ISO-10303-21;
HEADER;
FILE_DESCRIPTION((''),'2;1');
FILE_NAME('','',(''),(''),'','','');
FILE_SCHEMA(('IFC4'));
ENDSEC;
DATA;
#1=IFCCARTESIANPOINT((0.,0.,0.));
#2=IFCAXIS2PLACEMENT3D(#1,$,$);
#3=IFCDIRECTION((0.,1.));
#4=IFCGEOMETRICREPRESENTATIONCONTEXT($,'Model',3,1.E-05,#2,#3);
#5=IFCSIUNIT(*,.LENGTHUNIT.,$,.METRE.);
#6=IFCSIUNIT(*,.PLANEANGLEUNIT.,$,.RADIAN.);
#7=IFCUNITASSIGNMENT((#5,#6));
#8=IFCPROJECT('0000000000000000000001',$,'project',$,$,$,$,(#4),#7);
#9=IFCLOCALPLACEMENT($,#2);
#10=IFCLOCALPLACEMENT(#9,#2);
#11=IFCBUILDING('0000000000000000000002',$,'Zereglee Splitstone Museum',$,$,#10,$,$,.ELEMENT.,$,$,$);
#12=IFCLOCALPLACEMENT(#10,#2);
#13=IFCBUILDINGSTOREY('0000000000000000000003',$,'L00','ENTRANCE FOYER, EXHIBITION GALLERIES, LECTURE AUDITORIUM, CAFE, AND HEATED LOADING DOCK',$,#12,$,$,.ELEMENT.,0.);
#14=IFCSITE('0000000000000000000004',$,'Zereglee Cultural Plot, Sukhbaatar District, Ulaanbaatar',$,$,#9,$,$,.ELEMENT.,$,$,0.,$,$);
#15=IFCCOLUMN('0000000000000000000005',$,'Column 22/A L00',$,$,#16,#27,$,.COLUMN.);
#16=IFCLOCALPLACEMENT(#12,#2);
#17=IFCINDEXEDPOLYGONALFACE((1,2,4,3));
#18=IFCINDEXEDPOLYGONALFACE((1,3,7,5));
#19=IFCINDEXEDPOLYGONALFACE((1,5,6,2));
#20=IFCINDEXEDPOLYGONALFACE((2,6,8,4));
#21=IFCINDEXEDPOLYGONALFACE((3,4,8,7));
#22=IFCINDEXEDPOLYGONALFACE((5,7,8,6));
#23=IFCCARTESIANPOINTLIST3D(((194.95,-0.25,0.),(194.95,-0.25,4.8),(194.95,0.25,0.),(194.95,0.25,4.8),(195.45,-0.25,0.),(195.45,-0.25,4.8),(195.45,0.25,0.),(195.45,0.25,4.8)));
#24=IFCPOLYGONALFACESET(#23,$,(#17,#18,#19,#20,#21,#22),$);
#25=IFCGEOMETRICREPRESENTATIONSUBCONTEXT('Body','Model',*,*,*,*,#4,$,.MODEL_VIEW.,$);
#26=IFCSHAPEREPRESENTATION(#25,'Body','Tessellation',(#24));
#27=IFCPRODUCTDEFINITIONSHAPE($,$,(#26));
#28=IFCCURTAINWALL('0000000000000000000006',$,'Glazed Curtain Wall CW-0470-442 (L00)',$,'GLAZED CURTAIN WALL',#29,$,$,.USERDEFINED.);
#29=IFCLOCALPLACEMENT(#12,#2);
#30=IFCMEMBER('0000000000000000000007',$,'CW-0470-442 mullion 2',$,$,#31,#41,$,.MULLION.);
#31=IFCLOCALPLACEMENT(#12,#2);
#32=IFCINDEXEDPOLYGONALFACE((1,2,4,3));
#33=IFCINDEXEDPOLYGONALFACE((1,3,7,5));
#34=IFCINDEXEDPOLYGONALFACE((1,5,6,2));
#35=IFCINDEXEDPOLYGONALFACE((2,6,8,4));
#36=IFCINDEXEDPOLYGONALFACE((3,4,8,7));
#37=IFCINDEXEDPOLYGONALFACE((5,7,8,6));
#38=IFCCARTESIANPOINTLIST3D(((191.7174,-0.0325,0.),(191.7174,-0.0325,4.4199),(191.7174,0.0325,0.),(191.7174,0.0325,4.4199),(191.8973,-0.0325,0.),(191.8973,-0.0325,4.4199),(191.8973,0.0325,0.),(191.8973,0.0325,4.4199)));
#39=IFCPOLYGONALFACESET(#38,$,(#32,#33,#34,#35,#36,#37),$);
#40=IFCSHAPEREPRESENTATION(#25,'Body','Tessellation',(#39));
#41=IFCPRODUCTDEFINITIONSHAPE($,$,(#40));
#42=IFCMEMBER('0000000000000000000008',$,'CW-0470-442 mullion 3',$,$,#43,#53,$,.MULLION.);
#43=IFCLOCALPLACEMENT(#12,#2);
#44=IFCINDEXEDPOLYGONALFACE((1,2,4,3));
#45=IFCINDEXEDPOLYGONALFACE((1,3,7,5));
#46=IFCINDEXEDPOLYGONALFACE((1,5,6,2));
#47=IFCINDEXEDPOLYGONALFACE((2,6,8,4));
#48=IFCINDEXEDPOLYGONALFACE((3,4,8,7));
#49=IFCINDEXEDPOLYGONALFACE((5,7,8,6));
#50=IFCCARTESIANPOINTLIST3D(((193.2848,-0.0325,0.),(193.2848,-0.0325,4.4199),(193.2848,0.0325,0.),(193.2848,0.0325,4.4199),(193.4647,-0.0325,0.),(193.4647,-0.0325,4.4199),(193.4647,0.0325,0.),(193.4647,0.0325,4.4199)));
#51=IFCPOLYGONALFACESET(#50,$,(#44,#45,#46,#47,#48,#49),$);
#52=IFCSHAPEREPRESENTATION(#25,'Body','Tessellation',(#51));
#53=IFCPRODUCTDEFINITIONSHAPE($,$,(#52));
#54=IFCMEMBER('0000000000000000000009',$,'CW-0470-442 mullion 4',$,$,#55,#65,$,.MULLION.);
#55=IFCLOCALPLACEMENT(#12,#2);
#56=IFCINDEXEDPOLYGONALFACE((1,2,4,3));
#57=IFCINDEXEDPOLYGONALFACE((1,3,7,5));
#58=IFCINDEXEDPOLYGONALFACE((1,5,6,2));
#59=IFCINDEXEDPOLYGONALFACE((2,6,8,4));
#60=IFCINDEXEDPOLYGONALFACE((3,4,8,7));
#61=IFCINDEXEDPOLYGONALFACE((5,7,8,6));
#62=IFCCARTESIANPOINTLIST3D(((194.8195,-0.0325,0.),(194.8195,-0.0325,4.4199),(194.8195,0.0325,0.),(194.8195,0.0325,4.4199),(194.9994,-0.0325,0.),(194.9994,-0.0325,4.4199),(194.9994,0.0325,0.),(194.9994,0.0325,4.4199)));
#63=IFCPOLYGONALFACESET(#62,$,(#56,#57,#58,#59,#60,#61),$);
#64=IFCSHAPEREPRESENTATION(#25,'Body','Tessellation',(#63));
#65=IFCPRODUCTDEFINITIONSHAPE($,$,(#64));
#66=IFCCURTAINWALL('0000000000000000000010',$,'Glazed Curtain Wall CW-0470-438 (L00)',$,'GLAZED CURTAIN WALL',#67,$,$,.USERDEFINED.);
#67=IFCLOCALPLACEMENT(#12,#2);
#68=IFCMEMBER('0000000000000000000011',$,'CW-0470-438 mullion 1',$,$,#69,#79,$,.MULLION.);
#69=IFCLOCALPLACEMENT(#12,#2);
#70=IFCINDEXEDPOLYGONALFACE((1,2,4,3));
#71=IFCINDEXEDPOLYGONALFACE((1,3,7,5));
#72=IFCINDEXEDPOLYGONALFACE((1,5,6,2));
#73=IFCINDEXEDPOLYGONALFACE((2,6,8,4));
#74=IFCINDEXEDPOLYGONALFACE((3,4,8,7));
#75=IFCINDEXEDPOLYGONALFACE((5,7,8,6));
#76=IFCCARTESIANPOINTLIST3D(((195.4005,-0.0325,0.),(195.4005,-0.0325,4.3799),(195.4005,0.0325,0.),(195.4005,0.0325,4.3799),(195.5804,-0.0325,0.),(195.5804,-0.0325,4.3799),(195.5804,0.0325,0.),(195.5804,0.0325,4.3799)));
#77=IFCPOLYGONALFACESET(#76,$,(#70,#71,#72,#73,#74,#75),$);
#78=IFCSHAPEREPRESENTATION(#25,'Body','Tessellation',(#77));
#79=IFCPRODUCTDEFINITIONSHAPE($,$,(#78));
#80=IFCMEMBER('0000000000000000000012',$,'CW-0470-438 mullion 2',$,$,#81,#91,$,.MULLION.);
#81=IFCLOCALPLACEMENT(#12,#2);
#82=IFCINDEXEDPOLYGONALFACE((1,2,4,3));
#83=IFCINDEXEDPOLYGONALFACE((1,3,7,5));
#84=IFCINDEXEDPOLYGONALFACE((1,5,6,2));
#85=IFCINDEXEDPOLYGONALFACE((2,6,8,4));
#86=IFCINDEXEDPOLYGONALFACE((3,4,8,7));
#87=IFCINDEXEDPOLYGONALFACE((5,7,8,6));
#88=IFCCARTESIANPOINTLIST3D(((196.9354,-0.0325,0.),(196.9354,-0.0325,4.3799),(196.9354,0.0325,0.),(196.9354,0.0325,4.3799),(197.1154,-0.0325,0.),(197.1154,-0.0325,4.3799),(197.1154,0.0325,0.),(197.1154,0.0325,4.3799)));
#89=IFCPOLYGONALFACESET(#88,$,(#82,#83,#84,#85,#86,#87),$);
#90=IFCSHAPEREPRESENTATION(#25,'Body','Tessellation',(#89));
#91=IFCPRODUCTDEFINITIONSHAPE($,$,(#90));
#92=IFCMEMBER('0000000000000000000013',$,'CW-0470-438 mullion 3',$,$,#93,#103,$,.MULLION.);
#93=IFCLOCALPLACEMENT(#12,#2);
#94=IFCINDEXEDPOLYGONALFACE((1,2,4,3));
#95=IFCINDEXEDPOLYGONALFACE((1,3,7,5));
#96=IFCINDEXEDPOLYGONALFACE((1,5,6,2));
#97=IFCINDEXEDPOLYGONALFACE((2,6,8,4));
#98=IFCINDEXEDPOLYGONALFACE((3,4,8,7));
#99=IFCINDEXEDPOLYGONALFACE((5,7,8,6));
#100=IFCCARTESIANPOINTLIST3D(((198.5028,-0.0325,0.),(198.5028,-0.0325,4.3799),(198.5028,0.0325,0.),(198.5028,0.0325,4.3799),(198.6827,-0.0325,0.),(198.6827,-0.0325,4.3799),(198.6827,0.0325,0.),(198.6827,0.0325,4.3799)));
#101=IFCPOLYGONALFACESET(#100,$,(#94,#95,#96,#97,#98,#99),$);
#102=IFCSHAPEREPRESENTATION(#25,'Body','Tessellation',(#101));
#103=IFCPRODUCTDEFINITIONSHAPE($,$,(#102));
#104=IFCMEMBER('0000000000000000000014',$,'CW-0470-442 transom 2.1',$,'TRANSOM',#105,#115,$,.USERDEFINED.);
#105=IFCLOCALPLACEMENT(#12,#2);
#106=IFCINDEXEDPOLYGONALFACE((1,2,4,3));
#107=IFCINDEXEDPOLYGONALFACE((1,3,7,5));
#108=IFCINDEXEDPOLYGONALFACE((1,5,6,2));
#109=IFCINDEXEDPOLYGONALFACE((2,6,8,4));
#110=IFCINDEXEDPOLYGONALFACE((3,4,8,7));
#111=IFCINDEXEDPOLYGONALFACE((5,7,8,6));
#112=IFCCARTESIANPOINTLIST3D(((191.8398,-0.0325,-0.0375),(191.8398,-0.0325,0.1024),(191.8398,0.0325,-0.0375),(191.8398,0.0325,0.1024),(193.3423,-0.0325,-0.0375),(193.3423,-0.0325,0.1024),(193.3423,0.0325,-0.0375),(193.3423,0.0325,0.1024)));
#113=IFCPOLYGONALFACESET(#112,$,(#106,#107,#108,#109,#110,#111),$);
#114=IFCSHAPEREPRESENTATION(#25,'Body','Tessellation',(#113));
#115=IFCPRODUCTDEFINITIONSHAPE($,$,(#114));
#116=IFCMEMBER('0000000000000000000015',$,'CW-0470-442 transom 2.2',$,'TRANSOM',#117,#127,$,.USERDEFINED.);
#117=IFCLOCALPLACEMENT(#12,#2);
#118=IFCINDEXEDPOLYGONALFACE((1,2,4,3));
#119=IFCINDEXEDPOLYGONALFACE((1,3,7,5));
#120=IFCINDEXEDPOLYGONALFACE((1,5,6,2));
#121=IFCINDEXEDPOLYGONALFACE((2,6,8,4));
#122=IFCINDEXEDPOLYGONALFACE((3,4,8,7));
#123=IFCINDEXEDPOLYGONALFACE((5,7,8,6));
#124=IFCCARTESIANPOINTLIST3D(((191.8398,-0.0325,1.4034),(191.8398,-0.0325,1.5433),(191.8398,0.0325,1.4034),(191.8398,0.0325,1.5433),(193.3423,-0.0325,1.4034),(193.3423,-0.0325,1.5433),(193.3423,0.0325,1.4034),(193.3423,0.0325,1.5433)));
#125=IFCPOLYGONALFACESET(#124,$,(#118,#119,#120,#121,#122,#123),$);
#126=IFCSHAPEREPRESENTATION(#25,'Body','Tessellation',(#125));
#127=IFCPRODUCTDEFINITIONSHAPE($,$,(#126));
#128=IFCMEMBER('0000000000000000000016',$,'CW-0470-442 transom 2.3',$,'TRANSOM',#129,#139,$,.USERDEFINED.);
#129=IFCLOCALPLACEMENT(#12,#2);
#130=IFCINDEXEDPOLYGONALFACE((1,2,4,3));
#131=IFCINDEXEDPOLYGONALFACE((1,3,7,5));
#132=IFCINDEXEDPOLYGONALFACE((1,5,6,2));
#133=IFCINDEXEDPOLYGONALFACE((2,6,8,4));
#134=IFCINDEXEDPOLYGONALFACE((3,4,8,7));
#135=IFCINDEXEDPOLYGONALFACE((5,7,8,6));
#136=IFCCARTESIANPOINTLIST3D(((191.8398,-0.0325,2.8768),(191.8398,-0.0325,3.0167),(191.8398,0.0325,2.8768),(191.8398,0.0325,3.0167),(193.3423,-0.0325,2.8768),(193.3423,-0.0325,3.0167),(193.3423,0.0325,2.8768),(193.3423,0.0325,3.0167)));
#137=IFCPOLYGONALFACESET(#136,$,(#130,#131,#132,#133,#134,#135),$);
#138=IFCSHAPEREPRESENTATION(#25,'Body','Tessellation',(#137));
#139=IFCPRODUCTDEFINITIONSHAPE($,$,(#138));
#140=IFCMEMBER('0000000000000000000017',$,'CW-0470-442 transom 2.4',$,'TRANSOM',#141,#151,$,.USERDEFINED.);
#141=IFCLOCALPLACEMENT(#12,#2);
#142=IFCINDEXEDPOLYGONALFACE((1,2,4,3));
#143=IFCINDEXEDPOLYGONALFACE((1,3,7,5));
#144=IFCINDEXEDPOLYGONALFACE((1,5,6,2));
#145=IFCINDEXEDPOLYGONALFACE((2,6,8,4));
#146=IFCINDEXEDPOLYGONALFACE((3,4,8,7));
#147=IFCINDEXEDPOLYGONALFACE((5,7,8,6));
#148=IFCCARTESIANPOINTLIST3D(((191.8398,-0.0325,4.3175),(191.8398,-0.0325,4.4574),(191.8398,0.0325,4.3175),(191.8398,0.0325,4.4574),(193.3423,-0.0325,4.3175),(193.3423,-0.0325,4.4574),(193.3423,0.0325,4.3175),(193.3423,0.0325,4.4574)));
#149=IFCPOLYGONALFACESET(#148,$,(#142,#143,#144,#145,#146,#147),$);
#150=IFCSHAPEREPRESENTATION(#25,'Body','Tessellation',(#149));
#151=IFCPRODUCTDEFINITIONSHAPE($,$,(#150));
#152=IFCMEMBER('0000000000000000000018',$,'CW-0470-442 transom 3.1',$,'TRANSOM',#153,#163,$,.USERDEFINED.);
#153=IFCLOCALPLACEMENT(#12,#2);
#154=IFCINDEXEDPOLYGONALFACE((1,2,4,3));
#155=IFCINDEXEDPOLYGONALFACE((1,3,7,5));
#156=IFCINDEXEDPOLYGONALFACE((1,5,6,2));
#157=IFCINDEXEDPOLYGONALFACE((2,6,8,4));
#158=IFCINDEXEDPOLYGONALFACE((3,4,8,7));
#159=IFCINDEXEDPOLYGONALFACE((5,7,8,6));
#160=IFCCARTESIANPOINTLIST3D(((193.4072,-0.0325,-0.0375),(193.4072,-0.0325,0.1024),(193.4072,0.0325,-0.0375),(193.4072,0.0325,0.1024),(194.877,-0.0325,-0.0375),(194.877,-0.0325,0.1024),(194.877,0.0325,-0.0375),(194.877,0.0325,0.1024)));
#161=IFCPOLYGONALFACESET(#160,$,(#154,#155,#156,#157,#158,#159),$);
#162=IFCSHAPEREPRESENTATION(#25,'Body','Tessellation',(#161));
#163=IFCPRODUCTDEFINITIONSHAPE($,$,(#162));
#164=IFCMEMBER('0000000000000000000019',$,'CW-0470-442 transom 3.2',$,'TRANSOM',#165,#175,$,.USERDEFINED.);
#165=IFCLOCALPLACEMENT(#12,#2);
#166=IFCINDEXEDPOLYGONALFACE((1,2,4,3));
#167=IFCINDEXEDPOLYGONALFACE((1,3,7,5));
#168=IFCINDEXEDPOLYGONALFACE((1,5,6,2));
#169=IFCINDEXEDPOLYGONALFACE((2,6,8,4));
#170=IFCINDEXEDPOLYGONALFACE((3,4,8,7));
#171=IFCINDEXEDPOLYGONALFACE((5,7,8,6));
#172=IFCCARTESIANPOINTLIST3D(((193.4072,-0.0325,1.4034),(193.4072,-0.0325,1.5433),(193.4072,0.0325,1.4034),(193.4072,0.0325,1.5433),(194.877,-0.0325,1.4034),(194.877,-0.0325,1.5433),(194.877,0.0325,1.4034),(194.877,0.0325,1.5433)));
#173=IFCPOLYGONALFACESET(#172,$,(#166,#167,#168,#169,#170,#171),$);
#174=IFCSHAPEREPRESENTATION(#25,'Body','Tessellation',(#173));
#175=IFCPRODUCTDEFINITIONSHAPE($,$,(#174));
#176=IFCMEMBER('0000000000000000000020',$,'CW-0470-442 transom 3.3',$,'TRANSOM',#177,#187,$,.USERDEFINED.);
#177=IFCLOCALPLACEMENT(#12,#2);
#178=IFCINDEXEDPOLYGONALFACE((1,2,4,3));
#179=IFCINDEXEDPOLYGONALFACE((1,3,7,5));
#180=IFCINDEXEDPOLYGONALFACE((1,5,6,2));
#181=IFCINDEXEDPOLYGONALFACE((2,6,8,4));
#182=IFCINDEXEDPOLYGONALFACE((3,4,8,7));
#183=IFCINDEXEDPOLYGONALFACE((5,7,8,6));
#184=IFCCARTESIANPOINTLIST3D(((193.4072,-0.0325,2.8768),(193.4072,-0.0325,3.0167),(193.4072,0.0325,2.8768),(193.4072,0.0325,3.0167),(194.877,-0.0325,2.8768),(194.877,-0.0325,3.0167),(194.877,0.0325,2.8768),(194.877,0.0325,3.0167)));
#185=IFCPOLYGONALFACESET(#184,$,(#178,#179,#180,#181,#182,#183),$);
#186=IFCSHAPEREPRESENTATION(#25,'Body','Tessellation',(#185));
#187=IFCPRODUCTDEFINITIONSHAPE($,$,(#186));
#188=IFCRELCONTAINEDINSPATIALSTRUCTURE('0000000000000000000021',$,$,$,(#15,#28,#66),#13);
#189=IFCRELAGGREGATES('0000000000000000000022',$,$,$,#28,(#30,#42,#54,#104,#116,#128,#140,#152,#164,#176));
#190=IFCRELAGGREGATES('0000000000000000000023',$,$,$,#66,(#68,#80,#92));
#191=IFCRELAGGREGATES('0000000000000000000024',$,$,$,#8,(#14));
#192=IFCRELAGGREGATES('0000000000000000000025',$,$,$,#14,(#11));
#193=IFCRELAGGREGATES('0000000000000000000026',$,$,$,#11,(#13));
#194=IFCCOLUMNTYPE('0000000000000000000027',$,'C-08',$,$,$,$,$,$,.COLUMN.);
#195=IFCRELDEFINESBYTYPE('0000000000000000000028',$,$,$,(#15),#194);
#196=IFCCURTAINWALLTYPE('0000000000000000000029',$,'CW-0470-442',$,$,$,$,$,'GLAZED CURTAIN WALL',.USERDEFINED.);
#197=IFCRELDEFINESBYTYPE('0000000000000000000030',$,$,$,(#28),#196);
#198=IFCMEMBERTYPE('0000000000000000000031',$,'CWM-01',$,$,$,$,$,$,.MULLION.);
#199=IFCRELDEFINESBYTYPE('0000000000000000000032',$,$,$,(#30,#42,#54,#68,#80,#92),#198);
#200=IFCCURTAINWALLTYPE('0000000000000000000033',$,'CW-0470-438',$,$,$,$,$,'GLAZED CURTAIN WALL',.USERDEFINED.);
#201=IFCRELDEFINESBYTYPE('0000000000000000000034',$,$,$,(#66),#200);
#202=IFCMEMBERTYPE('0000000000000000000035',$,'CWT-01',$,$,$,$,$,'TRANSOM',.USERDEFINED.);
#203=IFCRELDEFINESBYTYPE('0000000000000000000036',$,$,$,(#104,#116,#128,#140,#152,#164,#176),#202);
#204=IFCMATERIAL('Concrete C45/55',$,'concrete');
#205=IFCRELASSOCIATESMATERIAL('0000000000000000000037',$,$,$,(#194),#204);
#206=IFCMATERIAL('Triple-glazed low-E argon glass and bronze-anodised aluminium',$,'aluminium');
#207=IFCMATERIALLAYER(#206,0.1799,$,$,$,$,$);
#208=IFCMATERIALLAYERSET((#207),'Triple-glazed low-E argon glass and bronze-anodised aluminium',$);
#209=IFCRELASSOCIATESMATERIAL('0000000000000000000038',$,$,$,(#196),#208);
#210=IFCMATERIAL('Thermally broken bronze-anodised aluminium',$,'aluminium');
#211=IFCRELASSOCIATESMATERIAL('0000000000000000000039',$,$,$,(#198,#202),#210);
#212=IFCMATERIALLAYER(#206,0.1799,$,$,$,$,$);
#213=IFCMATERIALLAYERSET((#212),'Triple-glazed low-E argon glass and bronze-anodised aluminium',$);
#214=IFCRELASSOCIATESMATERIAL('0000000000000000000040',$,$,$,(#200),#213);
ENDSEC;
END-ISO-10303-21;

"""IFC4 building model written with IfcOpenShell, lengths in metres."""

from ifc_helpers import new_model, si_unit, direction, frame, origin, origin_2d, place, context, subcontext, project, spatial, rectangle, extrude, material, layer, layer_set, material_profile, profile_set, type_object, element, aggregate, save


model = new_model("IFC4")

# Units and contexts
model_context = context("Model", 3, precision=1e-05, world=origin(), true_north=direction((0.0, 1.0)))
body_context = subcontext(model_context, "Body", "Model", "MODEL_VIEW")
ifc_project = project(units=[si_unit("LENGTHUNIT", "METRE"), si_unit("PLANEANGLEUNIT", "RADIAN")], contexts=[model_context])

# Site, building, storey
site_placement = place(None, origin())
site = spatial("IfcSite", under=ifc_project, at=site_placement, Name="Zereglee Cultural Plot, Sukhbaatar District, Ulaanbaatar", CompositionType="ELEMENT", RefElevation=0.0)
building_placement = place(site_placement, origin())
building = spatial("IfcBuilding", under=site, at=building_placement, Name="Zereglee Splitstone Museum", CompositionType="ELEMENT")
storey_placement = place(building_placement, origin())
storey = spatial("IfcBuildingStorey", under=building, at=storey_placement, Name="L00", Description="ENTRANCE FOYER, EXHIBITION GALLERIES, LECTURE AUDITORIUM, CAFE, AND HEATED LOADING DOCK", CompositionType="ELEMENT", Elevation=0.0)

# Column
ifc_material_1 = material(Name="Concrete C45/55", Category="concrete")
ifc_material_profile_1 = material_profile(ifc_material_1, rectangle(XDim=0.5, YDim=0.5, at=origin_2d()), Name="RC 500x500")
ifc_profile_set_1 = profile_set([ifc_material_profile_1], Name="Concrete C45/55")
column_type = type_object("IfcColumnType", Name="C-08", PredefinedType="COLUMN", material=ifc_profile_set_1)
column_placement = place(storey_placement, frame((195.2, 0.0, 0.0), z_axis=(0.0, 0.0, 1.0), x_axis=(1.0, 0.0, 0.0)))
element("IfcColumn", 1, at=column_placement, inside=storey, type_object=column_type, Name="Column 22/A L00", PredefinedType="COLUMN", context=body_context, shape_type="SweptSolid", body=[
    extrude(rectangle(XDim=0.5, YDim=0.5, at=origin_2d()), origin(), (0.0, 0.0, 1.0), 4.8),
])

# Curtain walls, members
ifc_material_2 = material(Name="Triple-glazed low-E argon glass and bronze-anodised aluminium", Category="aluminium")
ifc_layer_1 = layer(ifc_material_2, 0.1799)
ifc_layer_set_1 = layer_set([ifc_layer_1], Name="Triple-glazed low-E argon glass and bronze-anodised aluminium")
curtain_wall_type_1 = type_object("IfcCurtainWallType", Name="CW-0470-442", ElementType="GLAZED CURTAIN WALL", PredefinedType="USERDEFINED", material=ifc_layer_set_1)
curtain_wall_1_placement = place(storey_placement, origin())
curtain_wall_1 = element("IfcCurtainWall", 2, at=curtain_wall_1_placement, inside=storey, type_object=curtain_wall_type_1, Name="Glazed Curtain Wall CW-0470-442 (L00)", ObjectType="GLAZED CURTAIN WALL", PredefinedType="USERDEFINED")
ifc_material_3 = material(Name="Thermally broken bronze-anodised aluminium", Category="aluminium")
ifc_material_profile_2 = material_profile(ifc_material_3, rectangle(XDim=0.0649, YDim=0.1799, at=origin_2d()), Name="CW MULL 65x180")
ifc_profile_set_2 = profile_set([ifc_material_profile_2], Name="Thermally broken bronze-anodised aluminium")
member_type_1 = type_object("IfcMemberType", Name="CWM-01", PredefinedType="MULLION", material=ifc_profile_set_2)
member_1_placement = place(storey_placement, frame((191.8074, 0.0, 0.0), z_axis=(0.0, 0.0, 1.0), x_axis=(0.0, 1.0, 0.0)))
member_1 = element("IfcMember", 3, at=member_1_placement, type_object=member_type_1, Name="CW-0470-442 mullion 2", PredefinedType="MULLION", context=body_context, shape_type="SweptSolid", body=[
    extrude(rectangle(XDim=0.0649, YDim=0.1799, at=origin_2d()), origin(), (0.0, 0.0, 1.0), 4.4199),
])
member_2_placement = place(storey_placement, frame((193.3748, 0.0, 0.0), z_axis=(0.0, 0.0, 1.0), x_axis=(0.0, 1.0, 0.0)))
member_2 = element("IfcMember", 4, at=member_2_placement, type_object=member_type_1, Name="CW-0470-442 mullion 3", PredefinedType="MULLION", context=body_context, shape_type="SweptSolid", body=[
    extrude(rectangle(XDim=0.0649, YDim=0.1799, at=origin_2d()), origin(), (0.0, 0.0, 1.0), 4.4199),
])
member_3_placement = place(storey_placement, frame((194.9094, 0.0, 0.0), z_axis=(0.0, 0.0, 1.0), x_axis=(0.0, 1.0, 0.0)))
member_3 = element("IfcMember", 5, at=member_3_placement, type_object=member_type_1, Name="CW-0470-442 mullion 4", PredefinedType="MULLION", context=body_context, shape_type="SweptSolid", body=[
    extrude(rectangle(XDim=0.0649, YDim=0.1799, at=origin_2d()), origin(), (0.0, 0.0, 1.0), 4.4199),
])
ifc_layer_2 = layer(ifc_material_2, 0.1799)
ifc_layer_set_2 = layer_set([ifc_layer_2], Name="Triple-glazed low-E argon glass and bronze-anodised aluminium")
curtain_wall_type_2 = type_object("IfcCurtainWallType", Name="CW-0470-438", ElementType="GLAZED CURTAIN WALL", PredefinedType="USERDEFINED", material=ifc_layer_set_2)
curtain_wall_2_placement = place(storey_placement, origin())
curtain_wall_2 = element("IfcCurtainWall", 6, at=curtain_wall_2_placement, inside=storey, type_object=curtain_wall_type_2, Name="Glazed Curtain Wall CW-0470-438 (L00)", ObjectType="GLAZED CURTAIN WALL", PredefinedType="USERDEFINED")
member_4_placement = place(storey_placement, frame((195.4905, 0.0, 0.0), z_axis=(0.0, 0.0, 1.0), x_axis=(0.0, 1.0, 0.0)))
member_4 = element("IfcMember", 7, at=member_4_placement, type_object=member_type_1, Name="CW-0470-438 mullion 1", PredefinedType="MULLION", context=body_context, shape_type="SweptSolid", body=[
    extrude(rectangle(XDim=0.0649, YDim=0.1799, at=origin_2d()), origin(), (0.0, 0.0, 1.0), 4.3799),
])
member_5_placement = place(storey_placement, frame((197.0254, 0.0, 0.0), z_axis=(0.0, 0.0, 1.0), x_axis=(0.0, 1.0, 0.0)))
member_5 = element("IfcMember", 8, at=member_5_placement, type_object=member_type_1, Name="CW-0470-438 mullion 2", PredefinedType="MULLION", context=body_context, shape_type="SweptSolid", body=[
    extrude(rectangle(XDim=0.0649, YDim=0.1799, at=origin_2d()), origin(), (0.0, 0.0, 1.0), 4.3799),
])
member_6_placement = place(storey_placement, frame((198.5928, 0.0, 0.0), z_axis=(0.0, 0.0, 1.0), x_axis=(0.0, 1.0, 0.0)))
member_6 = element("IfcMember", 9, at=member_6_placement, type_object=member_type_1, Name="CW-0470-438 mullion 3", PredefinedType="MULLION", context=body_context, shape_type="SweptSolid", body=[
    extrude(rectangle(XDim=0.0649, YDim=0.1799, at=origin_2d()), origin(), (0.0, 0.0, 1.0), 4.3799),
])

# Members
ifc_material_profile_3 = material_profile(ifc_material_3, rectangle(XDim=0.0649, YDim=0.1399, at=origin_2d()), Name="CW TRAN 65x140")
ifc_profile_set_3 = profile_set([ifc_material_profile_3], Name="Thermally broken bronze-anodised aluminium")
member_type_2 = type_object("IfcMemberType", Name="CWT-01", ElementType="TRANSOM", PredefinedType="USERDEFINED", material=ifc_profile_set_3)
member_7_placement = place(storey_placement, frame((191.8398, 0.0, 0.0325), z_axis=(1.0, 0.0, 0.0), x_axis=(0.0, 1.0, 0.0)))
member_7 = element("IfcMember", 10, at=member_7_placement, type_object=member_type_2, Name="CW-0470-442 transom 2.1", ObjectType="TRANSOM", PredefinedType="USERDEFINED", context=body_context, shape_type="SweptSolid", body=[
    extrude(rectangle(XDim=0.0649, YDim=0.1399, at=origin_2d()), origin(), (0.0, 0.0, 1.0), 1.5024),
])
member_8_placement = place(storey_placement, frame((191.8398, 0.0, 1.4734), z_axis=(1.0, 0.0, 0.0), x_axis=(0.0, 1.0, 0.0)))
member_8 = element("IfcMember", 11, at=member_8_placement, type_object=member_type_2, Name="CW-0470-442 transom 2.2", ObjectType="TRANSOM", PredefinedType="USERDEFINED", context=body_context, shape_type="SweptSolid", body=[
    extrude(rectangle(XDim=0.0649, YDim=0.1399, at=origin_2d()), origin(), (0.0, 0.0, 1.0), 1.5024),
])
member_9_placement = place(storey_placement, frame((191.8398, 0.0, 2.9468), z_axis=(1.0, 0.0, 0.0), x_axis=(0.0, 1.0, 0.0)))
member_9 = element("IfcMember", 12, at=member_9_placement, type_object=member_type_2, Name="CW-0470-442 transom 2.3", ObjectType="TRANSOM", PredefinedType="USERDEFINED", context=body_context, shape_type="SweptSolid", body=[
    extrude(rectangle(XDim=0.0649, YDim=0.1399, at=origin_2d()), origin(), (0.0, 0.0, 1.0), 1.5024),
])
member_10_placement = place(storey_placement, frame((191.8398, 0.0, 4.3875), z_axis=(1.0, 0.0, 0.0), x_axis=(0.0, 1.0, 0.0)))
member_10 = element("IfcMember", 13, at=member_10_placement, type_object=member_type_2, Name="CW-0470-442 transom 2.4", ObjectType="TRANSOM", PredefinedType="USERDEFINED", context=body_context, shape_type="SweptSolid", body=[
    extrude(rectangle(XDim=0.0649, YDim=0.1399, at=origin_2d()), origin(), (0.0, 0.0, 1.0), 1.5024),
])
member_11_placement = place(storey_placement, frame((193.4072, 0.0, 0.0325), z_axis=(1.0, 0.0, 0.0), x_axis=(0.0, 1.0, 0.0)))
member_11 = element("IfcMember", 14, at=member_11_placement, type_object=member_type_2, Name="CW-0470-442 transom 3.1", ObjectType="TRANSOM", PredefinedType="USERDEFINED", context=body_context, shape_type="SweptSolid", body=[
    extrude(rectangle(XDim=0.0649, YDim=0.1399, at=origin_2d()), origin(), (0.0, 0.0, 1.0), 1.4697),
])
member_12_placement = place(storey_placement, frame((193.4072, 0.0, 1.4734), z_axis=(1.0, 0.0, 0.0), x_axis=(0.0, 1.0, 0.0)))
member_12 = element("IfcMember", 15, at=member_12_placement, type_object=member_type_2, Name="CW-0470-442 transom 3.2", ObjectType="TRANSOM", PredefinedType="USERDEFINED", context=body_context, shape_type="SweptSolid", body=[
    extrude(rectangle(XDim=0.0649, YDim=0.1399, at=origin_2d()), origin(), (0.0, 0.0, 1.0), 1.4697),
])
member_13_placement = place(storey_placement, frame((193.4072, 0.0, 2.9468), z_axis=(1.0, 0.0, 0.0), x_axis=(0.0, 1.0, 0.0)))
member_13 = element("IfcMember", 16, at=member_13_placement, type_object=member_type_2, Name="CW-0470-442 transom 3.3", ObjectType="TRANSOM", PredefinedType="USERDEFINED", context=body_context, shape_type="SweptSolid", body=[
    extrude(rectangle(XDim=0.0649, YDim=0.1399, at=origin_2d()), origin(), (0.0, 0.0, 1.0), 1.4697),
])

aggregate(curtain_wall_1, [member_1, member_2, member_3, member_7, member_8, member_9, member_10, member_11, member_12, member_13])
aggregate(curtain_wall_2, [member_4, member_5, member_6])

save(model, "model.ifc")
